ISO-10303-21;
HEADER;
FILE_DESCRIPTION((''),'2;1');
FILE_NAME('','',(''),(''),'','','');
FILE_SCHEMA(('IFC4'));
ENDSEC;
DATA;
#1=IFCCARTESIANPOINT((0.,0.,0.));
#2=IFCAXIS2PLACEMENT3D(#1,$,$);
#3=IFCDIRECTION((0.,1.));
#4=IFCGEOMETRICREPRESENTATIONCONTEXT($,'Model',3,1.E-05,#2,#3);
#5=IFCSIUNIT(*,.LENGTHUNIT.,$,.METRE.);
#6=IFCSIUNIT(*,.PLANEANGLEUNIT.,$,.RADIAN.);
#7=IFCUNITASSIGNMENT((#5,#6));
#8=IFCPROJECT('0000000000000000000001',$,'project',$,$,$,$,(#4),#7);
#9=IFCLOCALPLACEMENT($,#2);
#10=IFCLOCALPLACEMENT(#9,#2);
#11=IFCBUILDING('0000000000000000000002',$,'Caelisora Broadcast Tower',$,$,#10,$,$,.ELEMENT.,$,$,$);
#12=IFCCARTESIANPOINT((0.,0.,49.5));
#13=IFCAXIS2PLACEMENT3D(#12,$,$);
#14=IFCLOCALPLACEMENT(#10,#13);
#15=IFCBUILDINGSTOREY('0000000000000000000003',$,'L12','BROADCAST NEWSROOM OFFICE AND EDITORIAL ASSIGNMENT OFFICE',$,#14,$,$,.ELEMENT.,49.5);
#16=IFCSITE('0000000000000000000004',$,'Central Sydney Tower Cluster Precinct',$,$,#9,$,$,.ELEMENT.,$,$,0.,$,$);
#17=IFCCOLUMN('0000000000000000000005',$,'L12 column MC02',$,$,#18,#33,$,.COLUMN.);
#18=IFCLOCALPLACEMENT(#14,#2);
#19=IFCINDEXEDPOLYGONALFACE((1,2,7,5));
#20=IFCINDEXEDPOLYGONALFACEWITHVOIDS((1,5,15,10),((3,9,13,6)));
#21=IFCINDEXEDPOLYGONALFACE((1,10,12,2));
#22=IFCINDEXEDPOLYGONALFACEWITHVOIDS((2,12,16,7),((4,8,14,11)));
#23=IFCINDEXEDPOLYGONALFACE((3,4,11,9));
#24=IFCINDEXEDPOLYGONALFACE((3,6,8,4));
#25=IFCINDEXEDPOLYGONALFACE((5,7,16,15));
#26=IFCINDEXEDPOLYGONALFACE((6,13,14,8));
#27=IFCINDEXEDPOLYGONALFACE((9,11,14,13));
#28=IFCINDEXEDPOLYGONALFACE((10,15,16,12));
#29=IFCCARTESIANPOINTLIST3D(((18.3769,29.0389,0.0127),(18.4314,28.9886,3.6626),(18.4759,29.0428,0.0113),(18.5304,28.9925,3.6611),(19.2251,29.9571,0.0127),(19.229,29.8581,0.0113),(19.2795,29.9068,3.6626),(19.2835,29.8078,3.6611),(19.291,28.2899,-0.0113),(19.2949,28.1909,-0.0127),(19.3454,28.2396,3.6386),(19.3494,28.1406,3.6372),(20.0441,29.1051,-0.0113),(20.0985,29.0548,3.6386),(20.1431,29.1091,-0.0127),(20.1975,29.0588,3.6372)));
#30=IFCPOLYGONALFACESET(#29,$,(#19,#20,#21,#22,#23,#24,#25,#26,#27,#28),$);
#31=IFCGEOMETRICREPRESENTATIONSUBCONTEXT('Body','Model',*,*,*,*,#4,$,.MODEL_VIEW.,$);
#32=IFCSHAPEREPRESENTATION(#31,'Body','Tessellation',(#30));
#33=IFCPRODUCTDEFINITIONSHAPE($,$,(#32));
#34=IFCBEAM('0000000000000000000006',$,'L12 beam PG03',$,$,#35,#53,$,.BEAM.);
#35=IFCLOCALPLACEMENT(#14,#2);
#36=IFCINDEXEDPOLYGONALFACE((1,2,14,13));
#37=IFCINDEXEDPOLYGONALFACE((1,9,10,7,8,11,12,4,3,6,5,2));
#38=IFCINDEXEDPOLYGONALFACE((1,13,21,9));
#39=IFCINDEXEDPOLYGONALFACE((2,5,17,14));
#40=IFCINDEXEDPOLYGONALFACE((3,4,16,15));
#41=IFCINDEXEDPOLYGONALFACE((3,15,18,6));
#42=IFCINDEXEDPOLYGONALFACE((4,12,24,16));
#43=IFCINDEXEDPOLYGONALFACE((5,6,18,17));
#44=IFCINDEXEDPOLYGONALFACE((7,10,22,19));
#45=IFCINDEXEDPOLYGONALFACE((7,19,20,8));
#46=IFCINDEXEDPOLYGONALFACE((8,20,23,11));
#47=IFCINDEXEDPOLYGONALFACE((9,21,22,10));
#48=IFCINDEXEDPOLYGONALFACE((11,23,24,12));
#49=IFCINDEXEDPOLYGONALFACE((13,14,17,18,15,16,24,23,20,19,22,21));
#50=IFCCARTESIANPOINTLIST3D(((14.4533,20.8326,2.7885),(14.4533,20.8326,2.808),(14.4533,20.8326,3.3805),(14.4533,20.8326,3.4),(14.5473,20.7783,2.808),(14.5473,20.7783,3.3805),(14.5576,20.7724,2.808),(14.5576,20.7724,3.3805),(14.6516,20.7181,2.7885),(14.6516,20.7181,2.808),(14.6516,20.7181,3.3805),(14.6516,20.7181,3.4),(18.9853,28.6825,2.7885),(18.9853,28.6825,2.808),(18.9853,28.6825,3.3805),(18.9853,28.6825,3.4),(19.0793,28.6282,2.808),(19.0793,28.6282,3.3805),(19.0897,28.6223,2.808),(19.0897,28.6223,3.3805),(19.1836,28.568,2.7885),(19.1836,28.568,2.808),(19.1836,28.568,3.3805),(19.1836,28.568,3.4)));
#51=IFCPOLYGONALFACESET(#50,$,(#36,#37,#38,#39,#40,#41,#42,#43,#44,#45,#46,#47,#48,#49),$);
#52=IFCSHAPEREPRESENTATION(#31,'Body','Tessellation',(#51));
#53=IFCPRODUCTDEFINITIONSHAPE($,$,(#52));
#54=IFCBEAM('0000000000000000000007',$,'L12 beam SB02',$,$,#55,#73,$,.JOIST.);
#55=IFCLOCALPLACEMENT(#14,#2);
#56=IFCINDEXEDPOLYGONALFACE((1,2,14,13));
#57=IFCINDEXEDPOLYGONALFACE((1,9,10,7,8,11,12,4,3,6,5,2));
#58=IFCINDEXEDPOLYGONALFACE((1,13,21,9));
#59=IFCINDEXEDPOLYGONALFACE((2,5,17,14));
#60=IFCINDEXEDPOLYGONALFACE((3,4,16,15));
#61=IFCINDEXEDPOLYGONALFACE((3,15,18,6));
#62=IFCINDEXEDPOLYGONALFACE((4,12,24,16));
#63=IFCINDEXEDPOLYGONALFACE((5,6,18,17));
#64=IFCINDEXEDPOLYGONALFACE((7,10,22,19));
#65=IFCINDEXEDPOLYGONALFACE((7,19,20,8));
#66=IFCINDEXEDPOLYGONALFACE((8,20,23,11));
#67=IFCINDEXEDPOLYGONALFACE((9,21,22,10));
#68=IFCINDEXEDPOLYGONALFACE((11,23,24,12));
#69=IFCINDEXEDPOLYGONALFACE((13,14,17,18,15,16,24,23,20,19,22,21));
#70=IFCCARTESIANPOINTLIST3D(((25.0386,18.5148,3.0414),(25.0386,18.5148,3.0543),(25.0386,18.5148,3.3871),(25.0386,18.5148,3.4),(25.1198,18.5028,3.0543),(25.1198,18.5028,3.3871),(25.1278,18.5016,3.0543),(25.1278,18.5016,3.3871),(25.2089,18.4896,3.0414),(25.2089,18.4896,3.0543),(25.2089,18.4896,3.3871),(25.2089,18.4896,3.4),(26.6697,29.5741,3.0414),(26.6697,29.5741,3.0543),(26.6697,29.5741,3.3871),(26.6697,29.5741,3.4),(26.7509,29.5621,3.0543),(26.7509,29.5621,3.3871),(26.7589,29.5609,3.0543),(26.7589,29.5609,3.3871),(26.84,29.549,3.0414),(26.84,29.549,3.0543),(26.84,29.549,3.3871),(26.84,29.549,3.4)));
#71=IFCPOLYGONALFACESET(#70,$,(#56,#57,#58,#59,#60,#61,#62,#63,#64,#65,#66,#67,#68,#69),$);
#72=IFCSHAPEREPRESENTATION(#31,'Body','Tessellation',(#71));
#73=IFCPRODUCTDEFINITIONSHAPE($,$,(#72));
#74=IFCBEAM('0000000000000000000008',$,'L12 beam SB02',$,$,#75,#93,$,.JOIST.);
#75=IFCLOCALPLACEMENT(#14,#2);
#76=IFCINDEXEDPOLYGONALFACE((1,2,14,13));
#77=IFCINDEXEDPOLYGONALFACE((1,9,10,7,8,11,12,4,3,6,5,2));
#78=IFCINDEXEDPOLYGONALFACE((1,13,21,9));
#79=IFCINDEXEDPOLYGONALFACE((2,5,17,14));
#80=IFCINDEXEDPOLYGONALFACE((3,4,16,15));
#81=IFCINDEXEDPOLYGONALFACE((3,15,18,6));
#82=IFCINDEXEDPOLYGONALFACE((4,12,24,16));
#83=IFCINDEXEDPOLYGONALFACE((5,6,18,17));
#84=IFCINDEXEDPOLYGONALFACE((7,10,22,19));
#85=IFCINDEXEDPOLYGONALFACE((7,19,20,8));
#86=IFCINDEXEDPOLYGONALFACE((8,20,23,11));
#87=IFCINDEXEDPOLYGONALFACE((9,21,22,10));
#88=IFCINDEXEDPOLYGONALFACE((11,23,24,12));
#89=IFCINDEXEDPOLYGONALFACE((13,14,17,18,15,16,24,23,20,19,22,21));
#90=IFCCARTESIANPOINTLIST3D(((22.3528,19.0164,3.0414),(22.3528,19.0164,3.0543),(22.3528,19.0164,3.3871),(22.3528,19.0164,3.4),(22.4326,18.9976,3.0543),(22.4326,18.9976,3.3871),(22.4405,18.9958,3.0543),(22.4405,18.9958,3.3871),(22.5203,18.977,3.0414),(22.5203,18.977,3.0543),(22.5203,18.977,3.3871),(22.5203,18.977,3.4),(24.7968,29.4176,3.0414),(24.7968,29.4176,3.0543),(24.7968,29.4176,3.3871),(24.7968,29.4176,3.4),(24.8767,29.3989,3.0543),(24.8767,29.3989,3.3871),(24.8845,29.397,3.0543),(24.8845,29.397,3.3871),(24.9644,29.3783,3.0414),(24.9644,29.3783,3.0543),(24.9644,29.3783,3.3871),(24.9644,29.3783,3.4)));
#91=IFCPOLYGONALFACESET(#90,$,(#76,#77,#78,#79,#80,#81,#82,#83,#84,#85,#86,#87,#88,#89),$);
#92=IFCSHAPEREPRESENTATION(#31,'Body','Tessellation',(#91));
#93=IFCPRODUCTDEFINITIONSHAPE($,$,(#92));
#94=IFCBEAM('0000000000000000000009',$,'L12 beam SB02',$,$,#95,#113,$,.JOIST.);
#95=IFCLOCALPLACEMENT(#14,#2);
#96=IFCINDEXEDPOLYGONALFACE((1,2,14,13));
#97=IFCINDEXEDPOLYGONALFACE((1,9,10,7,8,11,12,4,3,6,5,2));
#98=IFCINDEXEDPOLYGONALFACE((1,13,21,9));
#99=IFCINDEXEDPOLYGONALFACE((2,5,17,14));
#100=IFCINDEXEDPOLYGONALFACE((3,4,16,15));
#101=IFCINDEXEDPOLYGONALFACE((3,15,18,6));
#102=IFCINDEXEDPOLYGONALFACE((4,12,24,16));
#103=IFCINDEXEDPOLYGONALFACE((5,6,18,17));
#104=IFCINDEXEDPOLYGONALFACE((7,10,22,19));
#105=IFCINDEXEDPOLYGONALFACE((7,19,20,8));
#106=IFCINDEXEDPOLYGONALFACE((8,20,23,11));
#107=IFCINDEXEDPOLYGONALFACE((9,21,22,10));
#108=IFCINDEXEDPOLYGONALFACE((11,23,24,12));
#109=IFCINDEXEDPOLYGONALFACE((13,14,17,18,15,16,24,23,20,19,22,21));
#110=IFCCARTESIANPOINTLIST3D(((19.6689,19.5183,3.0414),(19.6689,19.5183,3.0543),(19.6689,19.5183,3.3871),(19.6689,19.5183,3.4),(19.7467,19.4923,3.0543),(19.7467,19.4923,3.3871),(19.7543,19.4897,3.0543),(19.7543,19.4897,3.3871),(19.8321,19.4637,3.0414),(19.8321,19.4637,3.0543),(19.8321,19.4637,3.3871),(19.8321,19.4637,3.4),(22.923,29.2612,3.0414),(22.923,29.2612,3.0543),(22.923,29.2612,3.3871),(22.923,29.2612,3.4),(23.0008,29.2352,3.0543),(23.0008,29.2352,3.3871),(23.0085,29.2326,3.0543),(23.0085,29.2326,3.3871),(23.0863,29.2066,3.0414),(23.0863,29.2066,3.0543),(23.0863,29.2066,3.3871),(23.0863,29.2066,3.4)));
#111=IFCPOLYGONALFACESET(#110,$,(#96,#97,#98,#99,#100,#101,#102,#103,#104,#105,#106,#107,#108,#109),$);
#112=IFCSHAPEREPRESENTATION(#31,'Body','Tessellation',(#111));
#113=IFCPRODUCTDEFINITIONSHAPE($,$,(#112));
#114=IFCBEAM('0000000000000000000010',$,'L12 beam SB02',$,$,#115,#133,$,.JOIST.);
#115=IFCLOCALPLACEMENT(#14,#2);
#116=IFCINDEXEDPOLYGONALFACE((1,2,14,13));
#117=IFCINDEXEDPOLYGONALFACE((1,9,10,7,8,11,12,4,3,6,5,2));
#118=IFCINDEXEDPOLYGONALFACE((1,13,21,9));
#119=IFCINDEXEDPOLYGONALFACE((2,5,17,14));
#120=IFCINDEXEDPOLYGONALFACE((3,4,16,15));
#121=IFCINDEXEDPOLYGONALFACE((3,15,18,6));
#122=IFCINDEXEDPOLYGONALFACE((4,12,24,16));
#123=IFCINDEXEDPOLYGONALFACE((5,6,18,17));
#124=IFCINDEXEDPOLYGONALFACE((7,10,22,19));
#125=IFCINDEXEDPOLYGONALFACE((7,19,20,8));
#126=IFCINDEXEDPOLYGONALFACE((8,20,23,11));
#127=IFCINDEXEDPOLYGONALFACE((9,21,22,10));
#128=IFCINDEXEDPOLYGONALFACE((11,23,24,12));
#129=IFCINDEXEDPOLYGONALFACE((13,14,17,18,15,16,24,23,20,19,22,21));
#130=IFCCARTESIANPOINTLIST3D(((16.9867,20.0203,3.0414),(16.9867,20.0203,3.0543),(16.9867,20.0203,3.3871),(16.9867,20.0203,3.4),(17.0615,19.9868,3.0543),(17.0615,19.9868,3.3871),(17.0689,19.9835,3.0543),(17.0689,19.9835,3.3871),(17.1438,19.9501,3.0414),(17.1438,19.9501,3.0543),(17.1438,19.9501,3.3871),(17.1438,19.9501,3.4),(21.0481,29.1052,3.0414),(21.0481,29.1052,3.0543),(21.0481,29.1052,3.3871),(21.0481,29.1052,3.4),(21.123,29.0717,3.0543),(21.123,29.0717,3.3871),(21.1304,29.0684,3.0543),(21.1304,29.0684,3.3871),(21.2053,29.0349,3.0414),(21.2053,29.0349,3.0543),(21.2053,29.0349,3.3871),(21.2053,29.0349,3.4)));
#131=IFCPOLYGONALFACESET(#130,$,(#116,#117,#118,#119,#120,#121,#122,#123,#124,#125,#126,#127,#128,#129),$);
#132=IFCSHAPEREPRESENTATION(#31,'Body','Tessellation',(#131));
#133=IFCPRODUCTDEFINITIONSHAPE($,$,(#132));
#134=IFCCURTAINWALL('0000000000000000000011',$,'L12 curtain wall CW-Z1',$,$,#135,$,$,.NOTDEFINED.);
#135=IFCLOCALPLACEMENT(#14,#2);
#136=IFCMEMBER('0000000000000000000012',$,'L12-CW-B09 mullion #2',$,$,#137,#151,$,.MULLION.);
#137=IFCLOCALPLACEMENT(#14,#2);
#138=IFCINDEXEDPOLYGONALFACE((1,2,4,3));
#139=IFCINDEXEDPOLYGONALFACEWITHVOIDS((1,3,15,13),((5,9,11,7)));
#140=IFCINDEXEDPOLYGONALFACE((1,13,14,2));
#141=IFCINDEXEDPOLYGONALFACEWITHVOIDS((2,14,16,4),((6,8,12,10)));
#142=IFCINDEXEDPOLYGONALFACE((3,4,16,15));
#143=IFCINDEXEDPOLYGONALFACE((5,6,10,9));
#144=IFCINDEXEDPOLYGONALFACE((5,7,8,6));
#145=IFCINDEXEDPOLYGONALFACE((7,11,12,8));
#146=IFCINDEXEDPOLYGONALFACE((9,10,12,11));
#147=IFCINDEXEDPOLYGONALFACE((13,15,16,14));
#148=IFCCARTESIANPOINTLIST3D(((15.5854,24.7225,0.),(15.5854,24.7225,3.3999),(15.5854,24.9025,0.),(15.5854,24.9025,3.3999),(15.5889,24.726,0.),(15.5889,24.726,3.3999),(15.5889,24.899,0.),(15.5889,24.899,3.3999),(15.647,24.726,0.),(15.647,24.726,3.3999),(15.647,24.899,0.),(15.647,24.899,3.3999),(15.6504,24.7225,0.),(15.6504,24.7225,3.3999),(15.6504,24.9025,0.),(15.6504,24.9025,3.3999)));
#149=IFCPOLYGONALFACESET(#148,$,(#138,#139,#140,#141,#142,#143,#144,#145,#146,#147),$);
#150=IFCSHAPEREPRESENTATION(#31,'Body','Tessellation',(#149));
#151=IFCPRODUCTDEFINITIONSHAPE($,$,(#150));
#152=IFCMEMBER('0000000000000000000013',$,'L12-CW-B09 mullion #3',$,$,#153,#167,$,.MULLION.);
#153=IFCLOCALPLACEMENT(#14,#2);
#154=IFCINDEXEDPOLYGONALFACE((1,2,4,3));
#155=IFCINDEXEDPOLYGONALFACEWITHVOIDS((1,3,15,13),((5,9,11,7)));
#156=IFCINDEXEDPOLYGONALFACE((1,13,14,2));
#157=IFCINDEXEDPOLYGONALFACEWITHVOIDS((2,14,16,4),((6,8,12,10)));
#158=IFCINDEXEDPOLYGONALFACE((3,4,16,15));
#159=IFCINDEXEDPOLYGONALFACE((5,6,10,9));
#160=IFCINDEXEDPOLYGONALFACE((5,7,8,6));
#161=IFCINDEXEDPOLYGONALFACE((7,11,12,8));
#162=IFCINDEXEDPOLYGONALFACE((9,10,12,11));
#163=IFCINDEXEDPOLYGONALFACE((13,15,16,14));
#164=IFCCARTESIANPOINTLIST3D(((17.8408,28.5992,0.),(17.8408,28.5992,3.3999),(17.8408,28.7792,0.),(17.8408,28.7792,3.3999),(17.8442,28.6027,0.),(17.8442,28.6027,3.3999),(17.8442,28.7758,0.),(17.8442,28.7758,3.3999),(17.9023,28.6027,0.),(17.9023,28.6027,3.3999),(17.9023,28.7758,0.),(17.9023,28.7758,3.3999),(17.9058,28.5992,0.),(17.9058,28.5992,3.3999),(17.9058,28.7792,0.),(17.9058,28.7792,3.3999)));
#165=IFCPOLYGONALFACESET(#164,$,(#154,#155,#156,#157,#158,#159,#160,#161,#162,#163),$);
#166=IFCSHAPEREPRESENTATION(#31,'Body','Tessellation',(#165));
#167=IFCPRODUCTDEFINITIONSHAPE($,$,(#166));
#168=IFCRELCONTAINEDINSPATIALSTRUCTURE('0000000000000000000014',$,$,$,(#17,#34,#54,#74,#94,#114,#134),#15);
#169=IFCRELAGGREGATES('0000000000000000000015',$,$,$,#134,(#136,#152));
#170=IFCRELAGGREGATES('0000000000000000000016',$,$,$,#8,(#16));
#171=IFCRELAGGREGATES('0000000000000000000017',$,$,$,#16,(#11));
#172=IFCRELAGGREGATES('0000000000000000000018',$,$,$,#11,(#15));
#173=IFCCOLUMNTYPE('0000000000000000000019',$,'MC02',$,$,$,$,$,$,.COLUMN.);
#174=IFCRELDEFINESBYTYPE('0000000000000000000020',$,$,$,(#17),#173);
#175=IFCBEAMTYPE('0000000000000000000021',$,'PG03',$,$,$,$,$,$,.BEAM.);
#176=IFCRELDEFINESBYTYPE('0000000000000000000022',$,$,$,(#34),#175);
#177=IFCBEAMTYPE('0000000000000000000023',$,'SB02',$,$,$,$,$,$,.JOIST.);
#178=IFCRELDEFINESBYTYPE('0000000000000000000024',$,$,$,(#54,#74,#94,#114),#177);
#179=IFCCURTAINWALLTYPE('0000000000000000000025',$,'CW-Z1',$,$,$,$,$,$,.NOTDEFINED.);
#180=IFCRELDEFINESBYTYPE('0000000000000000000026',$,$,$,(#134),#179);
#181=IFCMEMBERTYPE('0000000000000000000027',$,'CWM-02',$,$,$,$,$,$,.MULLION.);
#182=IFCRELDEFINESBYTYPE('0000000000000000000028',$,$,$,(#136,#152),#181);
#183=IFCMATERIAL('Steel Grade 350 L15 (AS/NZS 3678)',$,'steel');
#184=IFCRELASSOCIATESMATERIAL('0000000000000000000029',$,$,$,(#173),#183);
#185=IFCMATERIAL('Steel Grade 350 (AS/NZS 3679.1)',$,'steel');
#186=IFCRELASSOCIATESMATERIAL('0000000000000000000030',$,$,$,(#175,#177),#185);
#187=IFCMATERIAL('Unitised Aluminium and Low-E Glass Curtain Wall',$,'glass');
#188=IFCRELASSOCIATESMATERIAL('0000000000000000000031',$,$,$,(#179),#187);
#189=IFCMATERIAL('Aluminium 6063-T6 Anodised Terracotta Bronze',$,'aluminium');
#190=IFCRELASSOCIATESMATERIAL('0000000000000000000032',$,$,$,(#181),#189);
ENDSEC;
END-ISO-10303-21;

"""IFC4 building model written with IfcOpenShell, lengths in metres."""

from ifc_helpers import new_model, si_unit, direction, frame, origin, origin_2d, place, context, subcontext, project, spatial, hollow_rectangle, i_section, extrude, source, transform, mapped, material, material_profile, profile_set, type_object, type_shapes, element, aggregate, save


model = new_model("IFC4")

# Units and contexts
model_context = context("Model", 3, precision=1e-05, world=origin(), true_north=direction((0.0, 1.0)))
body_context = subcontext(model_context, "Body", "Model", "MODEL_VIEW")
ifc_project = project(units=[si_unit("LENGTHUNIT", "METRE"), si_unit("PLANEANGLEUNIT", "RADIAN")], contexts=[model_context])

# Site, building, storey
site_placement = place(None, origin())
site = spatial("IfcSite", under=ifc_project, at=site_placement, Name="Central Sydney Tower Cluster Precinct", CompositionType="ELEMENT", RefElevation=0.0)
building_placement = place(site_placement, origin())
building = spatial("IfcBuilding", under=site, at=building_placement, Name="Caelisora Broadcast Tower", CompositionType="ELEMENT")
storey_placement = place(building_placement, frame((0.0, 0.0, 49.5)))
storey = spatial("IfcBuildingStorey", under=building, at=storey_placement, Name="L12", Description="BROADCAST NEWSROOM OFFICE AND EDITORIAL ASSIGNMENT OFFICE", CompositionType="ELEMENT", Elevation=49.5)

# Column
ifc_material_1 = material(Name="Steel Grade 350 L15 (AS/NZS 3678)", Category="steel")
ifc_material_profile_1 = material_profile(ifc_material_1, hollow_rectangle(XDim=1.25, YDim=1.25, WallThickness=0.0701, at=origin_2d()), Name="Steel Grade 350 L15 (AS/NZS 3678)")
ifc_profile_set_1 = profile_set([ifc_material_profile_1], Name="Steel Grade 350 L15 (AS/NZS 3678)")
column_type = type_object("IfcColumnType", Name="MC02", PredefinedType="COLUMN", material=ifc_profile_set_1)
shared_shape_1 = source(origin(), body_context, "Body", "SweptSolid", [
    extrude(hollow_rectangle(XDim=1.25, YDim=1.25, WallThickness=0.0701, at=origin_2d()), origin(), (0.0, 0.0, 1.0), 3.6506),
])
type_shapes(column_type, [shared_shape_1])
column_placement = place(storey_placement, frame((19.26, 29.074, 0.0), z_axis=(0.014913, -0.013776, 0.999794), x_axis=(0.678554, 0.734551, 0.0)))
element("IfcColumn", 1, at=column_placement, inside=storey, type_object=column_type, Name="L12 column MC02", PredefinedType="COLUMN", context=body_context, shape_type="MappedRepresentation", body=[
    mapped(shared_shape_1, transform((0.0, 0.0, 0.0), scale=1.0)),
])

# Beams
ifc_material_2 = material(Name="Steel Grade 350 (AS/NZS 3679.1)", Category="steel")
ifc_material_profile_2 = material_profile(ifc_material_2, i_section(OverallWidth=0.229, OverallDepth=0.6116, WebThickness=0.012, FlangeThickness=0.0195, at=origin_2d()), Name="Steel Grade 350 (AS/NZS 3679.1)")
ifc_profile_set_2 = profile_set([ifc_material_profile_2], Name="Steel Grade 350 (AS/NZS 3679.1)")
beam_type_1 = type_object("IfcBeamType", Name="PG03", PredefinedType="BEAM", material=ifc_profile_set_2)
shared_shape_2 = source(origin(), body_context, "Body", "SweptSolid", [
    extrude(i_section(OverallWidth=0.229, OverallDepth=0.6116, WebThickness=0.012, FlangeThickness=0.0195, at=origin_2d()), origin(), (0.0, 0.0, 1.0), 9.0642),
])
type_shapes(beam_type_1, [shared_shape_2])
beam_1_placement = place(storey_placement, frame((19.0845, 28.6252, 3.0942), z_axis=(-0.499989, -0.866032, 0.0), x_axis=(0.866032, -0.499989, 0.0)))
element("IfcBeam", 2, at=beam_1_placement, inside=storey, type_object=beam_type_1, Name="L12 beam PG03", PredefinedType="BEAM", context=body_context, shape_type="MappedRepresentation", body=[
    mapped(shared_shape_2, transform((0.0, 0.0, 0.0), scale=1.0)),
])
ifc_material_profile_3 = material_profile(ifc_material_2, i_section(OverallWidth=0.1721, OverallDepth=0.3586, WebThickness=0.0081, FlangeThickness=0.0129, at=origin_2d()), Name="Steel Grade 350 (AS/NZS 3679.1)")
ifc_profile_set_3 = profile_set([ifc_material_profile_3], Name="Steel Grade 350 (AS/NZS 3679.1)")
beam_type_2 = type_object("IfcBeamType", Name="SB02", PredefinedType="JOIST", material=ifc_profile_set_3)
shared_shape_3 = source(origin(), body_context, "Body", "SweptSolid", [
    extrude(i_section(OverallWidth=0.1721, OverallDepth=0.3586, WebThickness=0.0081, FlangeThickness=0.0129, at=origin_2d()), origin(), (0.0, 0.0, 1.0), 11.179),
])
beam_2_placement = place(storey_placement, frame((26.7549, 29.5615, 3.2207), z_axis=(-0.145908, -0.989298, 0.0), x_axis=(0.989298, -0.145908, 0.0)))
element("IfcBeam", 3, at=beam_2_placement, inside=storey, type_object=beam_type_2, Name="L12 beam SB02", PredefinedType="JOIST", context=body_context, shape_type="MappedRepresentation", body=[
    mapped(shared_shape_3, transform((0.0, 0.0, 0.0), scale=1.0)),
])
shared_shape_4 = source(origin(), body_context, "Body", "SweptSolid", [
    extrude(i_section(OverallWidth=0.1721, OverallDepth=0.3586, WebThickness=0.0081, FlangeThickness=0.0129, at=origin_2d()), origin(), (0.0, 0.0, 1.0), 10.6846),
])
beam_3_placement = place(storey_placement, frame((24.8806, 29.3979, 3.2207), z_axis=(-0.228748, -0.973486, 0.0), x_axis=(0.973486, -0.228748, 0.0)))
element("IfcBeam", 4, at=beam_3_placement, inside=storey, type_object=beam_type_2, Name="L12 beam SB02", PredefinedType="JOIST", context=body_context, shape_type="MappedRepresentation", body=[
    mapped(shared_shape_4, transform((0.0, 0.0, 0.0), scale=1.0)),
])
shared_shape_5 = source(origin(), body_context, "Body", "SweptSolid", [
    extrude(i_section(OverallWidth=0.1721, OverallDepth=0.3586, WebThickness=0.0081, FlangeThickness=0.0129, at=origin_2d()), origin(), (0.0, 0.0, 1.0), 10.272),
])
beam_4_placement = place(storey_placement, frame((23.0046, 29.2339, 3.2207), z_axis=(-0.316798, -0.948493, 0.0), x_axis=(0.948493, -0.316798, 0.0)))
element("IfcBeam", 5, at=beam_4_placement, inside=storey, type_object=beam_type_2, Name="L12 beam SB02", PredefinedType="JOIST", context=body_context, shape_type="MappedRepresentation", body=[
    mapped(shared_shape_5, transform((0.0, 0.0, 0.0), scale=1.0)),
])
shared_shape_6 = source(origin(), body_context, "Body", "SweptSolid", [
    extrude(i_section(OverallWidth=0.1721, OverallDepth=0.3586, WebThickness=0.0081, FlangeThickness=0.0129, at=origin_2d()), origin(), (0.0, 0.0, 1.0), 9.9514),
])
type_shapes(beam_type_2, [shared_shape_3, shared_shape_4, shared_shape_5, shared_shape_6])
beam_5_placement = place(storey_placement, frame((21.1267, 29.0701, 3.2207), z_axis=(-0.408132, -0.912923, 0.0), x_axis=(0.912923, -0.408132, 0.0)))
element("IfcBeam", 6, at=beam_5_placement, inside=storey, type_object=beam_type_2, Name="L12 beam SB02", PredefinedType="JOIST", context=body_context, shape_type="MappedRepresentation", body=[
    mapped(shared_shape_6, transform((0.0, 0.0, 0.0), scale=1.0)),
])

# Curtain wall, members
ifc_material_3 = material(Name="Unitised Aluminium and Low-E Glass Curtain Wall", Category="glass")
curtain_wall_type_1 = type_object("IfcCurtainWallType", Name="CW-Z1", PredefinedType="NOTDEFINED", material=ifc_material_3)
curtain_wall_1_placement = place(storey_placement, origin())
curtain_wall_1 = element("IfcCurtainWall", 7, at=curtain_wall_1_placement, inside=storey, type_object=curtain_wall_type_1, Name="L12 curtain wall CW-Z1", PredefinedType="NOTDEFINED")
ifc_material_4 = material(Name="Aluminium 6063-T6 Anodised Terracotta Bronze", Category="aluminium")
ifc_material_profile_4 = material_profile(ifc_material_4, hollow_rectangle(XDim=0.0649, YDim=0.1799, WallThickness=0.0034, at=origin_2d()), Name="Aluminium 6063-T6 Anodised Terracotta Bronze")
ifc_profile_set_4 = profile_set([ifc_material_profile_4], Name="Aluminium 6063-T6 Anodised Terracotta Bronze")
member_type_1 = type_object("IfcMemberType", Name="CWM-02", PredefinedType="MULLION", material=ifc_profile_set_4)
shared_shape_7 = source(origin(), body_context, "Body", "SweptSolid", [
    extrude(hollow_rectangle(XDim=0.0649, YDim=0.1799, WallThickness=0.0034, at=origin_2d()), origin(), (0.0, 0.0, 1.0), 3.3999),
])
type_shapes(member_type_1, [shared_shape_7])
member_1_placement = place(storey_placement, frame((15.6179, 24.8125, 0.0), z_axis=(0.0, 0.0, 1.0), x_axis=(1.0, 0.0, 0.0)))
member_1 = element("IfcMember", 8, at=member_1_placement, type_object=member_type_1, Name="L12-CW-B09 mullion #2", PredefinedType="MULLION", context=body_context, shape_type="MappedRepresentation", body=[
    mapped(shared_shape_7, transform((0.0, 0.0, 0.0), scale=1.0)),
])
member_2_placement = place(storey_placement, frame((17.8733, 28.6892, 0.0), z_axis=(0.0, 0.0, 1.0), x_axis=(1.0, 0.0, 0.0)))
member_2 = element("IfcMember", 9, at=member_2_placement, type_object=member_type_1, Name="L12-CW-B09 mullion #3", PredefinedType="MULLION", context=body_context, shape_type="MappedRepresentation", body=[
    mapped(shared_shape_7, transform((0.0, 0.0, 0.0), scale=1.0)),
])

aggregate(curtain_wall_1, [member_1, member_2])

save(model, "model.ifc")
